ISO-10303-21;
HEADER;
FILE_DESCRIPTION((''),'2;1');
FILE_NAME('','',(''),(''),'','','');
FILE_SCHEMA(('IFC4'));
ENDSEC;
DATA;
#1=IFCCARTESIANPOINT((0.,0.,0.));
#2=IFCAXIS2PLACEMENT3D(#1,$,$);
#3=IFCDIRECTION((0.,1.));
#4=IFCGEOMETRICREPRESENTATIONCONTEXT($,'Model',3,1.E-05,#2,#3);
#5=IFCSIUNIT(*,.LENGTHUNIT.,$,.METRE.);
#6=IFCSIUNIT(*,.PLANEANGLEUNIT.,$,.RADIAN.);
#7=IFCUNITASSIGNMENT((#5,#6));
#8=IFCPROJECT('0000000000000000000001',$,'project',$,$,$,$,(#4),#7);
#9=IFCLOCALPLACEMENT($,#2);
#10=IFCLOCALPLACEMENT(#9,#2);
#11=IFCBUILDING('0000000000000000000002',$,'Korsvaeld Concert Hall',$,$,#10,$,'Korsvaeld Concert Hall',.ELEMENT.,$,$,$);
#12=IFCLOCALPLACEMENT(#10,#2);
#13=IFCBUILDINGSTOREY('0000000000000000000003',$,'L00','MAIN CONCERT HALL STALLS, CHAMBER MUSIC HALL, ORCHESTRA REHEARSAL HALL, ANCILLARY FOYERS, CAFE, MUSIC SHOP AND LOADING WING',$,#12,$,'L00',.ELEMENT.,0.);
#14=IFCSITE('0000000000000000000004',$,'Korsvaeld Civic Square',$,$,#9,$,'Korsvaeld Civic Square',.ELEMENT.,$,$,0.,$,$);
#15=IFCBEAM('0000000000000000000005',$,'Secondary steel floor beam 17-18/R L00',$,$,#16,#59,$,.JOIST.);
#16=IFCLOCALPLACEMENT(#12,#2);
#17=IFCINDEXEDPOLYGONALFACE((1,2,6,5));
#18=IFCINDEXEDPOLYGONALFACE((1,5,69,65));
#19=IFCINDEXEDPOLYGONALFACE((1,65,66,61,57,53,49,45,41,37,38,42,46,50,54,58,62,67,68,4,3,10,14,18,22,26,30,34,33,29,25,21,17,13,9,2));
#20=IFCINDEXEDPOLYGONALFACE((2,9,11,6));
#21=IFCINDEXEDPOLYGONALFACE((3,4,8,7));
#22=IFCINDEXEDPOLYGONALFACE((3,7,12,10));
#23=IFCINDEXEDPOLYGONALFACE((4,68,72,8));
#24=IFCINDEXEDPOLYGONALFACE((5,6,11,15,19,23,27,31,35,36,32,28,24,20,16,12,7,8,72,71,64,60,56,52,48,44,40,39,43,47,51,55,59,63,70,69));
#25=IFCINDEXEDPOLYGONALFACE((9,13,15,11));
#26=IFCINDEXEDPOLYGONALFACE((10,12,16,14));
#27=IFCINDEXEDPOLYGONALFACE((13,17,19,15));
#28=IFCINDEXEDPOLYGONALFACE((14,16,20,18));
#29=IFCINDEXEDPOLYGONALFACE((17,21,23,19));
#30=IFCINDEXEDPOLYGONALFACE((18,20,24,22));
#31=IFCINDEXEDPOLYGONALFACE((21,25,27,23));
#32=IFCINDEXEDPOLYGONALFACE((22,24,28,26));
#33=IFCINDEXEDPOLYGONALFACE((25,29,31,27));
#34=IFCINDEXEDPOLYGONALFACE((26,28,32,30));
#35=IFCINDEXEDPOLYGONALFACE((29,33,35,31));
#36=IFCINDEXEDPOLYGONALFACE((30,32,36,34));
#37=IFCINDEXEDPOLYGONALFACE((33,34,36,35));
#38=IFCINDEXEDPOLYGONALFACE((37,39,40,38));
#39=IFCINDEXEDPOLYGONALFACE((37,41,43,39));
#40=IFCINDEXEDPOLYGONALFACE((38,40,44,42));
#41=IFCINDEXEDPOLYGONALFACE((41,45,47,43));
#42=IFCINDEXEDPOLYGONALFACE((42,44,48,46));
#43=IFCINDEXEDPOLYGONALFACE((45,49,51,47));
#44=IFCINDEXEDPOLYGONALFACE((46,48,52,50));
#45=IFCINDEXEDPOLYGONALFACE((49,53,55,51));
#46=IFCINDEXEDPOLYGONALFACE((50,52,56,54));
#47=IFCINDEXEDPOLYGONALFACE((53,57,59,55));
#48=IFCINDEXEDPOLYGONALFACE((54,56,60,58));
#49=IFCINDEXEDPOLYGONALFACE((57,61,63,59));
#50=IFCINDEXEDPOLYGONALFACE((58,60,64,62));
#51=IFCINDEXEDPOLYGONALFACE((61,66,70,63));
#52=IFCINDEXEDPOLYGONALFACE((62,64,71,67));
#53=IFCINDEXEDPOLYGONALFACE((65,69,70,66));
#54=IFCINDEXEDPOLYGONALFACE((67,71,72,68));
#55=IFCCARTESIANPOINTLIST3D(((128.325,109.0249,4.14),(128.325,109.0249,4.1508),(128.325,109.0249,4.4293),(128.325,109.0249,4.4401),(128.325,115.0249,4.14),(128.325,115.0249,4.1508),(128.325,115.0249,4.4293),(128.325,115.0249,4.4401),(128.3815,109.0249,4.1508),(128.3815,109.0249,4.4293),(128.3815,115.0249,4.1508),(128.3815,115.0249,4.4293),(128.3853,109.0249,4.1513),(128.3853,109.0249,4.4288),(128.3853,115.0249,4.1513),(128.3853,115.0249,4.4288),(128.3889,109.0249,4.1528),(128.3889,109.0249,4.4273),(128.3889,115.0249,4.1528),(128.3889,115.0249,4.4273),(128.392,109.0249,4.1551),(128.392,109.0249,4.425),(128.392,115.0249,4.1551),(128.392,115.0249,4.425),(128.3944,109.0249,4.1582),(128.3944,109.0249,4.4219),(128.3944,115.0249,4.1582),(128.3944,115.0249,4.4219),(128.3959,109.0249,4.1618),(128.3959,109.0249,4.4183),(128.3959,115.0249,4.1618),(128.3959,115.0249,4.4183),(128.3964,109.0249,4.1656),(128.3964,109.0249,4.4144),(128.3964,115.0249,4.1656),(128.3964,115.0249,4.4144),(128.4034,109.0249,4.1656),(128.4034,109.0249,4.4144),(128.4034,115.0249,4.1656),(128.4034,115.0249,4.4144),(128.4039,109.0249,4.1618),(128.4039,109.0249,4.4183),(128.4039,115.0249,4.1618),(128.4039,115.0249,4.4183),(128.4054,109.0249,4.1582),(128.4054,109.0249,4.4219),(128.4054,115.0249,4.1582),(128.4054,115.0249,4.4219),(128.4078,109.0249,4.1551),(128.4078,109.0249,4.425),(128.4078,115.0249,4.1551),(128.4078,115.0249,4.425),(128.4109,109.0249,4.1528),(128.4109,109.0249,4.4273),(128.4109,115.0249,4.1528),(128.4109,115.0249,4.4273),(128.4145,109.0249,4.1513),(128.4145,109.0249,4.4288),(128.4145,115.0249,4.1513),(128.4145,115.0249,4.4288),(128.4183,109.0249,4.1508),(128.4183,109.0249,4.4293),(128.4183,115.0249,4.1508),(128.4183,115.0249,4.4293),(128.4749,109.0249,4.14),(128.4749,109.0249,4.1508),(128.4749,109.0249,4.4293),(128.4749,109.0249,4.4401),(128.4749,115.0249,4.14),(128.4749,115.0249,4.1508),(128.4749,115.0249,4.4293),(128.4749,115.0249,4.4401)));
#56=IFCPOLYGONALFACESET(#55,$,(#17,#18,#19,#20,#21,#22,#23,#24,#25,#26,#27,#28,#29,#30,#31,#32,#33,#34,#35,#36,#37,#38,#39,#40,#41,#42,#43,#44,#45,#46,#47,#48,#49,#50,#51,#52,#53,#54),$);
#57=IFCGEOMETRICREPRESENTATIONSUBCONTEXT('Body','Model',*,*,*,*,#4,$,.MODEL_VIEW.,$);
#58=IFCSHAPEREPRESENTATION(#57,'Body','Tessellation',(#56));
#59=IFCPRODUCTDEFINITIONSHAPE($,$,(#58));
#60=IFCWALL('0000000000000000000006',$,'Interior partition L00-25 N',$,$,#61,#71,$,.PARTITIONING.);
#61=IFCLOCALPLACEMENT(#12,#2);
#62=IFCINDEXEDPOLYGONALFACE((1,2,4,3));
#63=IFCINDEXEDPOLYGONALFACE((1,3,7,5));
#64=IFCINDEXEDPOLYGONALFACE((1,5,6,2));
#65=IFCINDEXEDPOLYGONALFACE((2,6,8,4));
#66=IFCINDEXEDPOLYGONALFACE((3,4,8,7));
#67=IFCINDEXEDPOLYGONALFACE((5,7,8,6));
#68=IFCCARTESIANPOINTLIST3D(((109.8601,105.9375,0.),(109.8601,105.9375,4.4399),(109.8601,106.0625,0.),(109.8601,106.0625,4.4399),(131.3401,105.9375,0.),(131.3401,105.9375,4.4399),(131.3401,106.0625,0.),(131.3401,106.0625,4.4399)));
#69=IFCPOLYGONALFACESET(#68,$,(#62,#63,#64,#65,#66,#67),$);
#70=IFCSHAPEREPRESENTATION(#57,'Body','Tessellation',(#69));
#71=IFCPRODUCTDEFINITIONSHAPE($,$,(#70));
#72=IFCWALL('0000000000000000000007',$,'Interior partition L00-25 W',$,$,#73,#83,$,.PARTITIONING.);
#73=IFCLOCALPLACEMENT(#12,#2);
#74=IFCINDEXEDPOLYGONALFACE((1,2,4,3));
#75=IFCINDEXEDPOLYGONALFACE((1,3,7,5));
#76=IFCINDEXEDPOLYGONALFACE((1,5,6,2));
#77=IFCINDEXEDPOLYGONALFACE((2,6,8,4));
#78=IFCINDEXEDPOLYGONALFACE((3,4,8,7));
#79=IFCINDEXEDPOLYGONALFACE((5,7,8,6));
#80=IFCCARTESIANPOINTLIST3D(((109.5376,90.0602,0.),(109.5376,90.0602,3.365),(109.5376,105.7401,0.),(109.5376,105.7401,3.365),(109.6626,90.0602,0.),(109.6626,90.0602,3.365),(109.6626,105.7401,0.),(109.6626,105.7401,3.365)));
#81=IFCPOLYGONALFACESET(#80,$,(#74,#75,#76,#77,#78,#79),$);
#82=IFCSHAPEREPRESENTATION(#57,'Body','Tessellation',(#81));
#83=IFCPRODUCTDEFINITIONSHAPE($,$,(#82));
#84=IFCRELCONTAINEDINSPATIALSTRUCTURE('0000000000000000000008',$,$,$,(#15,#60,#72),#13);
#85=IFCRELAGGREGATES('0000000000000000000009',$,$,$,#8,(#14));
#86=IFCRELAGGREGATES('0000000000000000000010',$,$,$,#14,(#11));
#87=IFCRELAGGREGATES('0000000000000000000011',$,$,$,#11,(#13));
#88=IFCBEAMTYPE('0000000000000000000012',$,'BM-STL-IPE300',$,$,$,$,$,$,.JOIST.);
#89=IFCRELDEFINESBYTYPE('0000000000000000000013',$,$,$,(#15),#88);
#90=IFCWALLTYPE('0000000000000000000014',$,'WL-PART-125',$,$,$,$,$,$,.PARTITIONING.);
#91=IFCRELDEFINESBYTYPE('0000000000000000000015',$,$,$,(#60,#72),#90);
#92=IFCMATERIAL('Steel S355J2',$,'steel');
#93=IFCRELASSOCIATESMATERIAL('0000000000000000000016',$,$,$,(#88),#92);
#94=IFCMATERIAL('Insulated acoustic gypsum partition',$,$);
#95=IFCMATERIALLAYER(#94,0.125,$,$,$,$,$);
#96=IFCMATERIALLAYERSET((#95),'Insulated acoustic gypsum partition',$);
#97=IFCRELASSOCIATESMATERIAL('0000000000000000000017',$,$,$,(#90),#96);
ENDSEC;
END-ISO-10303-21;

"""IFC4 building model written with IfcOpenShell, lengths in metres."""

from ifc_helpers import new_model, si_unit, direction, frame, frame_2d, origin, origin_2d, place, context, subcontext, project, spatial, rectangle, i_section, extrude, material, layer, layer_set, material_profile, profile_set, type_object, element, save


model = new_model("IFC4")

# Units and contexts
model_context = context("Model", 3, precision=1e-05, world=origin(), true_north=direction((0.0, 1.0)))
body_context = subcontext(model_context, "Body", "Model", "MODEL_VIEW")
ifc_project = project(units=[si_unit("LENGTHUNIT", "METRE"), si_unit("PLANEANGLEUNIT", "RADIAN")], contexts=[model_context])

# Site, building, storey
site_placement = place(None, origin())
site = spatial("IfcSite", under=ifc_project, at=site_placement, Name="Korsvaeld Civic Square", LongName="Korsvaeld Civic Square", CompositionType="ELEMENT", RefElevation=0.0)
building_placement = place(site_placement, origin())
building = spatial("IfcBuilding", under=site, at=building_placement, Name="Korsvaeld Concert Hall", LongName="Korsvaeld Concert Hall", CompositionType="ELEMENT")
storey_placement = place(building_placement, origin())
storey = spatial("IfcBuildingStorey", under=building, at=storey_placement, Name="L00", Description="MAIN CONCERT HALL STALLS, CHAMBER MUSIC HALL, ORCHESTRA REHEARSAL HALL, ANCILLARY FOYERS, CAFE, MUSIC SHOP AND LOADING WING", LongName="L00", CompositionType="ELEMENT", Elevation=0.0)

# Beam
ifc_material_1 = material(Name="Steel S355J2", Category="steel")
ifc_material_profile_1 = material_profile(ifc_material_1, i_section(OverallWidth=0.1499, OverallDepth=0.3, WebThickness=0.0071, FlangeThickness=0.0107, FilletRadius=0.0149, at=origin_2d()), Name="IPE 300")
ifc_profile_set_1 = profile_set([ifc_material_profile_1], Name="Steel S355J2")
beam_type_1 = type_object("IfcBeamType", Name="BM-STL-IPE300", PredefinedType="JOIST", material=ifc_profile_set_1)
beam_1_placement = place(storey_placement, frame((128.3999, 109.0249, 4.29), z_axis=(0.0, 1.0, 0.0), x_axis=(-1.0, 0.0, 0.0)))
element("IfcBeam", 1, at=beam_1_placement, inside=storey, type_object=beam_type_1, Name="Secondary steel floor beam 17-18/R L00", PredefinedType="JOIST", context=body_context, shape_type="SweptSolid", body=[
    extrude(i_section(OverallWidth=0.1499, OverallDepth=0.3, WebThickness=0.0071, FlangeThickness=0.0107, FilletRadius=0.0149, at=origin_2d()), origin(), (0.0, 0.0, 1.0), 6.0),
])

# Walls
ifc_material_2 = material(Name="Insulated acoustic gypsum partition")
ifc_layer_1 = layer(ifc_material_2, 0.125)
ifc_layer_set_1 = layer_set([ifc_layer_1], Name="Insulated acoustic gypsum partition")
wall_type_1 = type_object("IfcWallType", Name="WL-PART-125", PredefinedType="PARTITIONING", material=ifc_layer_set_1)
wall_1_placement = place(storey_placement, frame((131.3401, 106.0, 0.0), z_axis=(0.0, 0.0, 1.0), x_axis=(-1.0, 0.0, 0.0)))
element("IfcWall", 2, at=wall_1_placement, inside=storey, type_object=wall_type_1, Name="Interior partition L00-25 N", PredefinedType="PARTITIONING", context=body_context, shape_type="SweptSolid", body=[
    extrude(rectangle(XDim=21.48, YDim=0.125, at=frame_2d((10.74, 0.0))), origin(), (0.0, 0.0, 1.0), 4.4399),
])
wall_2_placement = place(storey_placement, frame((109.6001, 105.74, 0.0), z_axis=(0.0, 0.0, 1.0), x_axis=(0.0, -1.0, 0.0)))
element("IfcWall", 3, at=wall_2_placement, inside=storey, type_object=wall_type_1, Name="Interior partition L00-25 W", PredefinedType="PARTITIONING", context=body_context, shape_type="SweptSolid", body=[
    extrude(rectangle(XDim=15.6799, YDim=0.125, at=frame_2d((7.8398, 0.0))), origin(), (0.0, 0.0, 1.0), 3.365),
])

save(model, "model.ifc")
